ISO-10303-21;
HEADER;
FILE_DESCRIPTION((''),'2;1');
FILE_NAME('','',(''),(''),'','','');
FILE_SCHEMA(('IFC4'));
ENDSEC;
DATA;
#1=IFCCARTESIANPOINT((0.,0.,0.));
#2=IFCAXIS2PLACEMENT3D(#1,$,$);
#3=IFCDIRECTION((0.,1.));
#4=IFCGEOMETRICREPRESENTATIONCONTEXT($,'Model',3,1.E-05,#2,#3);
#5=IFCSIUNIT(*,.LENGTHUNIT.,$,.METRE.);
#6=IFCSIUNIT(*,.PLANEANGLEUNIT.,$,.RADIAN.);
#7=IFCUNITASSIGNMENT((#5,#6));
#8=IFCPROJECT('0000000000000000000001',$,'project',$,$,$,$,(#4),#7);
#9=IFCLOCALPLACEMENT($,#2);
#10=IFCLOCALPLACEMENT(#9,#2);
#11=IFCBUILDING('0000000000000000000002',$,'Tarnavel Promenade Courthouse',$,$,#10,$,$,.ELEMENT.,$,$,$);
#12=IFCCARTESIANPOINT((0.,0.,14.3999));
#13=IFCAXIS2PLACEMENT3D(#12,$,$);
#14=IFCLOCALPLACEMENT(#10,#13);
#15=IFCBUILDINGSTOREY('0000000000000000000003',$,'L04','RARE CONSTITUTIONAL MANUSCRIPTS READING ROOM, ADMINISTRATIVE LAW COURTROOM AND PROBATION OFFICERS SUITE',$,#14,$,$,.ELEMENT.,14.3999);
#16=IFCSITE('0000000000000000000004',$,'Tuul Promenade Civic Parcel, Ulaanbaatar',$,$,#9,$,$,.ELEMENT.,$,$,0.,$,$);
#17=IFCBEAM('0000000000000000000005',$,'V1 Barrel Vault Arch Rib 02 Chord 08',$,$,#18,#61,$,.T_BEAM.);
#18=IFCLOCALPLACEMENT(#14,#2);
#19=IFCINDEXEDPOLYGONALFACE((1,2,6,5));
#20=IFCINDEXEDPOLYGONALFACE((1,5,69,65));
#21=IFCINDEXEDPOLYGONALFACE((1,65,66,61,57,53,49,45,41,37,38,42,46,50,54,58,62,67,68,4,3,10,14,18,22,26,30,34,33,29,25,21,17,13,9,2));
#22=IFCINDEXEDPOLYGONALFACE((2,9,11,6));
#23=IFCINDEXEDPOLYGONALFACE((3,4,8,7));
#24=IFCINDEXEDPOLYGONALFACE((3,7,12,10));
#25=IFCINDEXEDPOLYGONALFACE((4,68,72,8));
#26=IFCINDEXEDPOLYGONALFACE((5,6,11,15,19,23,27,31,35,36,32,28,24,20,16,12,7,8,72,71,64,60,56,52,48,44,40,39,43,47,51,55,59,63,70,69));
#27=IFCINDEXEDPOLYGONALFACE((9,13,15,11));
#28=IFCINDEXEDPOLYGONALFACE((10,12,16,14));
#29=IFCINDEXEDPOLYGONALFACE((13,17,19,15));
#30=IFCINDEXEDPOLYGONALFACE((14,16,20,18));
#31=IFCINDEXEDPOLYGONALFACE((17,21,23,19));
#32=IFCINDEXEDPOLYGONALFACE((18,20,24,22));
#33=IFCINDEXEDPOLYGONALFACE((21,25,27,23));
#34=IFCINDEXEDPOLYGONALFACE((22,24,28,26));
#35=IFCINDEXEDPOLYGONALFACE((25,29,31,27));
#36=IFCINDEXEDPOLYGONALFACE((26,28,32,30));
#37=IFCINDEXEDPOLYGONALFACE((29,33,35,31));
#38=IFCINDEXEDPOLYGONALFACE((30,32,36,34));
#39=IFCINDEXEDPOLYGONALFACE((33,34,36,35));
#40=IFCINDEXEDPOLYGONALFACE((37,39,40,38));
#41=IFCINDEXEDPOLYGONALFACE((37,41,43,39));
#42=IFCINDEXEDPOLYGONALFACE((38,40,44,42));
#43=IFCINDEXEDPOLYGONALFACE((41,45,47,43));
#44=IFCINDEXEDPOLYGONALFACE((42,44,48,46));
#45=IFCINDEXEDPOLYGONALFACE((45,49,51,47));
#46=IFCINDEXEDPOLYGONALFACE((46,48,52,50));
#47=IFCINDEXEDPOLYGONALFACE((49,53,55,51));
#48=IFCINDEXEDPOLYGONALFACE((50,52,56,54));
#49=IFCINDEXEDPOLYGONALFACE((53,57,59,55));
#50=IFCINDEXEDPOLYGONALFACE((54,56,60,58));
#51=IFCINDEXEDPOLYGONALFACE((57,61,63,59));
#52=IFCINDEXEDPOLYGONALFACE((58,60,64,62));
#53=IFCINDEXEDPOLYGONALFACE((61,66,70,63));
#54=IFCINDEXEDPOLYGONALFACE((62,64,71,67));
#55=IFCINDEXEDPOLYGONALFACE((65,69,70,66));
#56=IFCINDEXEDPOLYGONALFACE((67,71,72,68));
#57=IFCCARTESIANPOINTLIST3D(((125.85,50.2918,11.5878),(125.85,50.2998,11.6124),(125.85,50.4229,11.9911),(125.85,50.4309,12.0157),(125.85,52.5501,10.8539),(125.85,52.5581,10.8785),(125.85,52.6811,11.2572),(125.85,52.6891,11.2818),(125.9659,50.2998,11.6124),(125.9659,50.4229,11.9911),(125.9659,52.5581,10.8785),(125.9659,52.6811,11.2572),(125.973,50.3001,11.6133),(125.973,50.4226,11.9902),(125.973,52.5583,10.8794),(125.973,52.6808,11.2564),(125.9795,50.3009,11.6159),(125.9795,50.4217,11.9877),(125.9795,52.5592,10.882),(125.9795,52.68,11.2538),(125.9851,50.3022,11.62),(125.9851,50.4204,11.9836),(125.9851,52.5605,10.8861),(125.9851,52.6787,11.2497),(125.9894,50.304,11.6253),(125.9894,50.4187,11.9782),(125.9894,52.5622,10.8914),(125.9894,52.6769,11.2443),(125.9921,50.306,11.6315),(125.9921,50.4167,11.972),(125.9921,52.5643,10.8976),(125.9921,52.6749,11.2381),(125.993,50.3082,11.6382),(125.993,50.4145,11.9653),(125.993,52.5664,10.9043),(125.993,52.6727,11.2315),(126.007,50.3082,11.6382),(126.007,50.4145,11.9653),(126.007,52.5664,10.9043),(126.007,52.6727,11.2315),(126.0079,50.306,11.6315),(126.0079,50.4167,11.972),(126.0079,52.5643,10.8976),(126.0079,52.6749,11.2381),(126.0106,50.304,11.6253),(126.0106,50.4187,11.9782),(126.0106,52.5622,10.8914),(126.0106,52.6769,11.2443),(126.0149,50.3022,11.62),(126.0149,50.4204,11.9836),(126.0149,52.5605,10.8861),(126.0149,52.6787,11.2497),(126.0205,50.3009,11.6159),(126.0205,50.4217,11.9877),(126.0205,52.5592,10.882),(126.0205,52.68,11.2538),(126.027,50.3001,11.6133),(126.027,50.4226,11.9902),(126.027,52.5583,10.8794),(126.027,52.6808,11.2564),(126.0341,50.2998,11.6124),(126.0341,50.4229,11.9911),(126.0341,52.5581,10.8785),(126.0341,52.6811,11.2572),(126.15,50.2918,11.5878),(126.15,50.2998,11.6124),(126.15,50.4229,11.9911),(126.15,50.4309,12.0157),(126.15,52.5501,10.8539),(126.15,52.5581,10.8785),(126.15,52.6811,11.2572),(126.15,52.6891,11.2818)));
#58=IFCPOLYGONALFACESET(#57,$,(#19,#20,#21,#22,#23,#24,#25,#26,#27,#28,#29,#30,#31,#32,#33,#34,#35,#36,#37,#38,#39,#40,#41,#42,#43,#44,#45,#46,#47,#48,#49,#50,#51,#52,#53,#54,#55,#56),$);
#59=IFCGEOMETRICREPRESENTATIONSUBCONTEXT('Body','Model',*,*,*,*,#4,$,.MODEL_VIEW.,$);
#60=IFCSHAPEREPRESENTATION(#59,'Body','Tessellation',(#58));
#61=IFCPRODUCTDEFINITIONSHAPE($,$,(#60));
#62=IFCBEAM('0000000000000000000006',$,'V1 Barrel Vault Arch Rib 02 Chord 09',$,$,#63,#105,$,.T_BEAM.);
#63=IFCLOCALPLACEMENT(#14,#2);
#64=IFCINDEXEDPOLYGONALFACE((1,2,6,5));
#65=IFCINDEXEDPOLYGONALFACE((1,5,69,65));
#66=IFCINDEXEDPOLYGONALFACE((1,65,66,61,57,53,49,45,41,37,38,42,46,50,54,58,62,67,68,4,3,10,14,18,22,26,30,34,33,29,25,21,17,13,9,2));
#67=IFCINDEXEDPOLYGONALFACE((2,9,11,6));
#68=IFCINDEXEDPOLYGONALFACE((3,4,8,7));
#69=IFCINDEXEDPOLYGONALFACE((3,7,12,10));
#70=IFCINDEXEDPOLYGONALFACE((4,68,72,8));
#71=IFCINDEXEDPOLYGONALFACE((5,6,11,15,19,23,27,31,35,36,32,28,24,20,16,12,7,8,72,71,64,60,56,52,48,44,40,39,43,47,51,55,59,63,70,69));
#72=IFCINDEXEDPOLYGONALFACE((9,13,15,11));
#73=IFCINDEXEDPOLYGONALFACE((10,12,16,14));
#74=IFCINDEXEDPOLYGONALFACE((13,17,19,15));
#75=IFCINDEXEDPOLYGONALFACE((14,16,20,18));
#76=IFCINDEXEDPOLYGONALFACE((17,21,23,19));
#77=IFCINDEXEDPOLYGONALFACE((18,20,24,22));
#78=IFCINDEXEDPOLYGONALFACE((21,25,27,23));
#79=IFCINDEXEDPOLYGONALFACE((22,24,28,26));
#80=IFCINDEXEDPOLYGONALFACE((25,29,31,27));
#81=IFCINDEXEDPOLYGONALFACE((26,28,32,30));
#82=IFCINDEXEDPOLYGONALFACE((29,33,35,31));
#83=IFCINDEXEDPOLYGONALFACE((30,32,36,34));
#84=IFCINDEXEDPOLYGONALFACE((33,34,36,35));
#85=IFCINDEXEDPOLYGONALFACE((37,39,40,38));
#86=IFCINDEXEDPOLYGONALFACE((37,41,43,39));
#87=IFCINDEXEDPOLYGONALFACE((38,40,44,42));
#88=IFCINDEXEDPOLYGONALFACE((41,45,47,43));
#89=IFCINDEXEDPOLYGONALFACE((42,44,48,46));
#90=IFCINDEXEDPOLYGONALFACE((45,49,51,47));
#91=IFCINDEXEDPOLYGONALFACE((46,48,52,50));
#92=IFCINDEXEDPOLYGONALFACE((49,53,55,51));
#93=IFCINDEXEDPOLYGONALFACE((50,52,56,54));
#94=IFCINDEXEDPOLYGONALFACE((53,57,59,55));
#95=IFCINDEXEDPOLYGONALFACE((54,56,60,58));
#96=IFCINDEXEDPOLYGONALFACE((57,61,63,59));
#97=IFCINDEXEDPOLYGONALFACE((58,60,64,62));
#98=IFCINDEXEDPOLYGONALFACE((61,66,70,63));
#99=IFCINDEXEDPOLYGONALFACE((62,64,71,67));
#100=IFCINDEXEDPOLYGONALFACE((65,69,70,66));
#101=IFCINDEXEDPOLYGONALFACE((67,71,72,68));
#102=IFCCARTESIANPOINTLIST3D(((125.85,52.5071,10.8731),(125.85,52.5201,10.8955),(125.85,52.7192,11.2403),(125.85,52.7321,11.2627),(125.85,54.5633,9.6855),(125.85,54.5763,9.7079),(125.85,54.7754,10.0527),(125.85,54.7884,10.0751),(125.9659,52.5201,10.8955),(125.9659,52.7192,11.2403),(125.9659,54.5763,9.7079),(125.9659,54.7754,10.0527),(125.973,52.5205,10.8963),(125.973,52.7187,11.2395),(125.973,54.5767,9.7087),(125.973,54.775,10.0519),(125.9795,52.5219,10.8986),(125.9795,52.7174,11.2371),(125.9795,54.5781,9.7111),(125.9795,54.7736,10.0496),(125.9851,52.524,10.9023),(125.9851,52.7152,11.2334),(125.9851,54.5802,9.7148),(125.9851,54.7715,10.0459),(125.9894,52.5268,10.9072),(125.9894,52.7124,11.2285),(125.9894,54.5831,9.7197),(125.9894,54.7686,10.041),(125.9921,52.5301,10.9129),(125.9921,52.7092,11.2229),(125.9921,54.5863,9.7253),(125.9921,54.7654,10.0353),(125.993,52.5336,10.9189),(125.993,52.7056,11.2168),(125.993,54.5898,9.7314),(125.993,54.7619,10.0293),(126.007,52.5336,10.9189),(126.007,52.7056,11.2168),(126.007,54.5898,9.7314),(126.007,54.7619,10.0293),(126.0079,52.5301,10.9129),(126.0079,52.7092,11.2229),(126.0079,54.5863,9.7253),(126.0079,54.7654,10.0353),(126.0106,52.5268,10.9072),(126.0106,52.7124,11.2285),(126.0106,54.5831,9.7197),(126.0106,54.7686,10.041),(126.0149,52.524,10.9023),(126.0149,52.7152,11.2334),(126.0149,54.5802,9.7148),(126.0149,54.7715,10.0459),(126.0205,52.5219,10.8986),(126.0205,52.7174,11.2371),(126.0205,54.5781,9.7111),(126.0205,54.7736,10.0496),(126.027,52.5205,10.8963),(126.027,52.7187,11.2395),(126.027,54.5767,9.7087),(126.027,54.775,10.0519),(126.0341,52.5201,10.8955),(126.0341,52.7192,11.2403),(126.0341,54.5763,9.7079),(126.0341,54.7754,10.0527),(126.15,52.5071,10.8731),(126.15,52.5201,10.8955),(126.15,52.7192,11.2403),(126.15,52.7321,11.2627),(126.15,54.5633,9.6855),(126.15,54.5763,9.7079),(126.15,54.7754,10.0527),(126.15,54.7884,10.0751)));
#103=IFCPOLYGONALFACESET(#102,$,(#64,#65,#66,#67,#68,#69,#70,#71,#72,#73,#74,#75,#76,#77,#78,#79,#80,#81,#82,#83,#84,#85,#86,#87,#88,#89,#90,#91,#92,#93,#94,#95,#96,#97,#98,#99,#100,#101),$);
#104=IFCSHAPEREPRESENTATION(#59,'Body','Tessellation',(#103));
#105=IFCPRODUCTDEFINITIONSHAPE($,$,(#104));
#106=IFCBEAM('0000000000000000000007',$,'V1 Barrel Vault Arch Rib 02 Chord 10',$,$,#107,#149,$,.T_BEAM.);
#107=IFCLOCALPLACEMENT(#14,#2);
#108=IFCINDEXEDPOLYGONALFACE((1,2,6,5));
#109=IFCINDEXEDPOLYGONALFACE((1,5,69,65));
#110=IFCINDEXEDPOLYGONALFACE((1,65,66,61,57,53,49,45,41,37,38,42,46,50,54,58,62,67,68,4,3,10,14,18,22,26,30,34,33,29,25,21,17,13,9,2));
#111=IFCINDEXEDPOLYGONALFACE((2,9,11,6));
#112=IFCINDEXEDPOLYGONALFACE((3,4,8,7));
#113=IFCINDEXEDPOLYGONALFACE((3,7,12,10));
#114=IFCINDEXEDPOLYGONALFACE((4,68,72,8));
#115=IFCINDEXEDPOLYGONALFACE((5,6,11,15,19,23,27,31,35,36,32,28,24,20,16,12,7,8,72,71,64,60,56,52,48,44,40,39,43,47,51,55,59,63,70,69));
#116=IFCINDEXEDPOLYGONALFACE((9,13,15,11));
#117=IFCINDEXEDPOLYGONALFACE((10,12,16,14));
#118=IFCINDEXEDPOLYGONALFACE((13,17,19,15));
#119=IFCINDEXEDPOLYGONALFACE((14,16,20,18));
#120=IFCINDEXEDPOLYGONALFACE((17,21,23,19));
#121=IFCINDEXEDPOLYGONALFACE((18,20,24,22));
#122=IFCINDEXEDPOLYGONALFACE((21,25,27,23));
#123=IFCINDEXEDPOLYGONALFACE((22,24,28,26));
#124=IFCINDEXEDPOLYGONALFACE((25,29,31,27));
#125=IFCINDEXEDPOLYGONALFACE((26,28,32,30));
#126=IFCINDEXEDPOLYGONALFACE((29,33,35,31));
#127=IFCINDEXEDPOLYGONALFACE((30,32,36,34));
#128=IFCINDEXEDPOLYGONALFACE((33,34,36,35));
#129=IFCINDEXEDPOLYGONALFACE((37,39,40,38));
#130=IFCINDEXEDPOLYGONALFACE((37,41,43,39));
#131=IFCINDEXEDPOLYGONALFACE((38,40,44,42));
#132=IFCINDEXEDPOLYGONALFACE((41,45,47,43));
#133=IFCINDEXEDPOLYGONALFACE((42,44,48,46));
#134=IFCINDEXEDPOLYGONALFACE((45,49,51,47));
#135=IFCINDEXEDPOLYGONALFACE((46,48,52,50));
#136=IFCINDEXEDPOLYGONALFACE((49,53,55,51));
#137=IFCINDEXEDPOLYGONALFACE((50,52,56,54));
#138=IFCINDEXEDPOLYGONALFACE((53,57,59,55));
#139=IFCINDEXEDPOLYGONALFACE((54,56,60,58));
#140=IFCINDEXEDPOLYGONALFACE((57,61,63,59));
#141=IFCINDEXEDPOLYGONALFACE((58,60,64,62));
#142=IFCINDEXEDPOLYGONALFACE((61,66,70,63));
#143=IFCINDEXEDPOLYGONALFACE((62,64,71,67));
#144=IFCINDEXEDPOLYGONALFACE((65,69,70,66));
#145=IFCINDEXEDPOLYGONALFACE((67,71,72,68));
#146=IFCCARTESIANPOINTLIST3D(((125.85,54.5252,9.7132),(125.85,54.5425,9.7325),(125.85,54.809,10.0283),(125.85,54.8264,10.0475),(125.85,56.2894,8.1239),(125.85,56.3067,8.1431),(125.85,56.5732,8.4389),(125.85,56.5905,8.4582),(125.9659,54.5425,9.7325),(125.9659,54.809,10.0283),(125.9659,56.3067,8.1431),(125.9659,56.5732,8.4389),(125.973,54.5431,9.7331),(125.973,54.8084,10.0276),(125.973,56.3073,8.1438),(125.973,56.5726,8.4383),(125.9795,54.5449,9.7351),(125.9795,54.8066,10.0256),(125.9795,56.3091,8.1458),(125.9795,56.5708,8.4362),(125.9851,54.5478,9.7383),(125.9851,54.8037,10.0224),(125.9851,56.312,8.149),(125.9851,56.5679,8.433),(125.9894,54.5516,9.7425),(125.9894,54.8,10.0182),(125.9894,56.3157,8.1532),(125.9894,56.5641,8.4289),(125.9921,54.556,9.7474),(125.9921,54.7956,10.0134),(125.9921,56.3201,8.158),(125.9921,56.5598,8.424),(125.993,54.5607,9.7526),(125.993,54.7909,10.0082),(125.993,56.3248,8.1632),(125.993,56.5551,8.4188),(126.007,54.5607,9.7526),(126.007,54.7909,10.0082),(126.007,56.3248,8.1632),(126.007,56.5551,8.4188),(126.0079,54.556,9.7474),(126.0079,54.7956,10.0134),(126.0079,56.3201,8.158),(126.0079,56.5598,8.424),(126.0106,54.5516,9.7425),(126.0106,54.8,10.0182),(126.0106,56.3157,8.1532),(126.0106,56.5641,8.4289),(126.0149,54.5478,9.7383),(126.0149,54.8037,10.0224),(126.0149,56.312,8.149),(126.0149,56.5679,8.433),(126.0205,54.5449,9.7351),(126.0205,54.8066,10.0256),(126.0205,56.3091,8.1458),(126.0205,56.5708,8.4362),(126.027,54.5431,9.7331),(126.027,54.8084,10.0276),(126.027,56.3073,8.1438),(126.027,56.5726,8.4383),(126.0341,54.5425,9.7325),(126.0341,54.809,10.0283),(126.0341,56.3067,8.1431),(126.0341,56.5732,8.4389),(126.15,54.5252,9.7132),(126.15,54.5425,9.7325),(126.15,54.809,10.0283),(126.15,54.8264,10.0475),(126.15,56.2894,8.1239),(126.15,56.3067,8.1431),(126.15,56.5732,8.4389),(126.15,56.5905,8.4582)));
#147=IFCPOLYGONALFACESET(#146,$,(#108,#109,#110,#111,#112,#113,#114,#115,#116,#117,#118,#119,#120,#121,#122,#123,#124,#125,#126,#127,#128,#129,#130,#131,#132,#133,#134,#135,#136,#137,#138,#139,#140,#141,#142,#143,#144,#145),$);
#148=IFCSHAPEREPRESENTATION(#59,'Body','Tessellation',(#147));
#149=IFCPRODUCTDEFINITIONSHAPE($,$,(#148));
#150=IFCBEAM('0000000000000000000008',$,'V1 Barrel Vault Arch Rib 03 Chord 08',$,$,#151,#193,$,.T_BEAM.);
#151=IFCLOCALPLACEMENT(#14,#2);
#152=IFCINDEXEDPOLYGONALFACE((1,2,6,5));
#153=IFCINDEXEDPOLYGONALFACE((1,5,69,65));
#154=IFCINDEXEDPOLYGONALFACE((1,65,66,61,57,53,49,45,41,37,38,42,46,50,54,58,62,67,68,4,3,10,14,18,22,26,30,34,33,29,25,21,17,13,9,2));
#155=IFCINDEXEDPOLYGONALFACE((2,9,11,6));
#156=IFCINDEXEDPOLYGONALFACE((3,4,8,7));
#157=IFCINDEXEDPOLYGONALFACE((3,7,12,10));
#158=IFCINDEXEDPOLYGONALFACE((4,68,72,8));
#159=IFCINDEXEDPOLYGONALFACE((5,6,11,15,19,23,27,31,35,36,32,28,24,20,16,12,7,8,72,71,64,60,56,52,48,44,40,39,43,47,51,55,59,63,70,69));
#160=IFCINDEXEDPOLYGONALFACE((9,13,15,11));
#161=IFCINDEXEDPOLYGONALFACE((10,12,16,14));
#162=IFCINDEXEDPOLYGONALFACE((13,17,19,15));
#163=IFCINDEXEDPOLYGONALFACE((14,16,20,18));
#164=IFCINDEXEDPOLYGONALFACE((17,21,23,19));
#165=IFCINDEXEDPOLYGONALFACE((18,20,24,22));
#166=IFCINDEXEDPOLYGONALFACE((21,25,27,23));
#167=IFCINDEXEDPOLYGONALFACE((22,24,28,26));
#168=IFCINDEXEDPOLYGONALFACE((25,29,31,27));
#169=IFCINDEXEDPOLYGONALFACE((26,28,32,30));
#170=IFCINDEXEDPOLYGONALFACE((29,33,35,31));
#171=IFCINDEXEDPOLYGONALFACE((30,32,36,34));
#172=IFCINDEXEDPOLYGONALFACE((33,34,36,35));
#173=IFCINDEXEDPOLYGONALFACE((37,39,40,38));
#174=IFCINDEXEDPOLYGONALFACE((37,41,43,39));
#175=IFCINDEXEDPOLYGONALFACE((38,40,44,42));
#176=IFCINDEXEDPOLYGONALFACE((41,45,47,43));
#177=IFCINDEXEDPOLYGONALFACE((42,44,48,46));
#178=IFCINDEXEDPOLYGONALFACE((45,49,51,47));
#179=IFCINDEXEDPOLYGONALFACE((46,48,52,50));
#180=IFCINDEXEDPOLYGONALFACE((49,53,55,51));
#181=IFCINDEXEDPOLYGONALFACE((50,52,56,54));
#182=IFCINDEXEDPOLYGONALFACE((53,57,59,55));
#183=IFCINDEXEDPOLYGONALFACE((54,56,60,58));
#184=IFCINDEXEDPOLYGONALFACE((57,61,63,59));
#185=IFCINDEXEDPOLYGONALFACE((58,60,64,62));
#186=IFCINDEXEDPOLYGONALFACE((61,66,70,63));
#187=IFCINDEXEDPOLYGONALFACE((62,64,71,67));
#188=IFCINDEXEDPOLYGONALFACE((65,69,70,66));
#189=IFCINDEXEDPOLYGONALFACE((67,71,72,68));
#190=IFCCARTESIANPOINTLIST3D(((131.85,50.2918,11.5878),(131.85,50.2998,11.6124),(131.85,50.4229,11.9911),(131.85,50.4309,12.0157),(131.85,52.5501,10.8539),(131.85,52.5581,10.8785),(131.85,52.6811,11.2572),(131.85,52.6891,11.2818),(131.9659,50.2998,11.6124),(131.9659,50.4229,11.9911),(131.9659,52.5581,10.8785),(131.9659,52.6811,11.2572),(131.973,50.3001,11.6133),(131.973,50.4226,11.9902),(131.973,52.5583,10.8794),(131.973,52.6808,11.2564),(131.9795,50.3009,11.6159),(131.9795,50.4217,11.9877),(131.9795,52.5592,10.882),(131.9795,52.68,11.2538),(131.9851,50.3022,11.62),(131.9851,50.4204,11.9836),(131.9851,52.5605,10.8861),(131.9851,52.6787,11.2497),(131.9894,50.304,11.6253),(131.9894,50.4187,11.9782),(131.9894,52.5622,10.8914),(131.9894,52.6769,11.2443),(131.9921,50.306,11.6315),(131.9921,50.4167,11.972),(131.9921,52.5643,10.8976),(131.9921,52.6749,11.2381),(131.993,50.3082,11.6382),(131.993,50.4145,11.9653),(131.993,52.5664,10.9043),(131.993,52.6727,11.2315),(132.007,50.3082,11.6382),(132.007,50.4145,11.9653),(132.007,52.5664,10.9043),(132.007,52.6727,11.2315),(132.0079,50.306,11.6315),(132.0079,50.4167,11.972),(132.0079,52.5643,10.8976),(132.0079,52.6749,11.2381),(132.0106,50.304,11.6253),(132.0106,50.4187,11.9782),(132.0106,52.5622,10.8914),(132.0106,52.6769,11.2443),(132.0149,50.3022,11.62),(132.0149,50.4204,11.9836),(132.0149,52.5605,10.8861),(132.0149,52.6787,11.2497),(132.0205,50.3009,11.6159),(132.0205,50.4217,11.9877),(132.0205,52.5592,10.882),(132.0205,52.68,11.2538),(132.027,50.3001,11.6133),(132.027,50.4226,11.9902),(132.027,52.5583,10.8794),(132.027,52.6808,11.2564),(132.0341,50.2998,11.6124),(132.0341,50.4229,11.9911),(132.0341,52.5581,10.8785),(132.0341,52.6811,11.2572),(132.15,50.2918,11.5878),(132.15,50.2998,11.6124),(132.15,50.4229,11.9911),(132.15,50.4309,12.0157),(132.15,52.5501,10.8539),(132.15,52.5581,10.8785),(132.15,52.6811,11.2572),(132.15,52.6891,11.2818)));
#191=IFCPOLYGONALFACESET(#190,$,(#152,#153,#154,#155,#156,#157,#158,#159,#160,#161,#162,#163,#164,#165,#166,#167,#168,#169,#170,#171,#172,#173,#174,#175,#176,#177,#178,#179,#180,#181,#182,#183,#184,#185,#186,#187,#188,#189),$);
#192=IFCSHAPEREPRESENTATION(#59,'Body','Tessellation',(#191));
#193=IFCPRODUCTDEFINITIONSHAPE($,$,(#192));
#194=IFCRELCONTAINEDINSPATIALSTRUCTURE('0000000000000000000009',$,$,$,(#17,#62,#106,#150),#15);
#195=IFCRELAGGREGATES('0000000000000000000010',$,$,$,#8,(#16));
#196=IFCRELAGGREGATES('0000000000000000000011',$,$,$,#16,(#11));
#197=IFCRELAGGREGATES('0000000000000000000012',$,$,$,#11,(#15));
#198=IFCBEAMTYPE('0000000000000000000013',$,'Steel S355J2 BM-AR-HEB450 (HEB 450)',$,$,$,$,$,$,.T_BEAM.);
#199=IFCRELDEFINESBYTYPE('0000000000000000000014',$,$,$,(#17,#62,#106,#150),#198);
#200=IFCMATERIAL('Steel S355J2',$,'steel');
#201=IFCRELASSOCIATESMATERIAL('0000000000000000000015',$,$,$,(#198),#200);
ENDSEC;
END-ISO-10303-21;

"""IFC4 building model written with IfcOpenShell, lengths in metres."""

from ifc_helpers import new_model, si_unit, direction, frame, origin, origin_2d, place, context, subcontext, project, spatial, i_section, extrude, material, material_profile, profile_set, type_object, element, save


model = new_model("IFC4")

# Units and contexts
model_context = context("Model", 3, precision=1e-05, world=origin(), true_north=direction((0.0, 1.0)))
body_context = subcontext(model_context, "Body", "Model", "MODEL_VIEW")
ifc_project = project(units=[si_unit("LENGTHUNIT", "METRE"), si_unit("PLANEANGLEUNIT", "RADIAN")], contexts=[model_context])

# Site, building, storey
site_placement = place(None, origin())
site = spatial("IfcSite", under=ifc_project, at=site_placement, Name="Tuul Promenade Civic Parcel, Ulaanbaatar", CompositionType="ELEMENT", RefElevation=0.0)
building_placement = place(site_placement, origin())
building = spatial("IfcBuilding", under=site, at=building_placement, Name="Tarnavel Promenade Courthouse", CompositionType="ELEMENT")
storey_placement = place(building_placement, frame((0.0, 0.0, 14.3999)))
storey = spatial("IfcBuildingStorey", under=building, at=storey_placement, Name="L04", Description="RARE CONSTITUTIONAL MANUSCRIPTS READING ROOM, ADMINISTRATIVE LAW COURTROOM AND PROBATION OFFICERS SUITE", CompositionType="ELEMENT", Elevation=14.3999)

# Beams
ifc_material_1 = material(Name="Steel S355J2", Category="steel")
ifc_material_profile_1 = material_profile(ifc_material_1, i_section(OverallWidth=0.3, OverallDepth=0.45, WebThickness=0.0139, FlangeThickness=0.0259, FilletRadius=0.0271, at=origin_2d()), Name="HEB 450")
ifc_profile_set_1 = profile_set([ifc_material_profile_1], Name="Steel S355J2")
beam_type = type_object("IfcBeamType", Name="Steel S355J2 BM-AR-HEB450 (HEB 450)", PredefinedType="T_BEAM", material=ifc_profile_set_1)
for number, where, z_axis, x_axis, name in (
    (1, (126.0, 50.3613, 11.8018), (0.0, 0.951042, -0.309063), (-1.0, 0.0, 0.0), "V1 Barrel Vault Arch Rib 02 Chord 08"),
    (2, (126.0, 52.6196, 11.0679), (0.0, 0.865956, -0.50012), (-1.0, 0.0, 0.0), "V1 Barrel Vault Arch Rib 02 Chord 09"),
    (3, (126.0, 54.6758, 9.8804), (0.0, 0.742957, -0.66934), (-1.0, 0.0, 0.0), "V1 Barrel Vault Arch Rib 02 Chord 10"),
    (4, (132.0, 50.3613, 11.8018), (0.0, 0.951042, -0.309063), (-1.0, 0.0, 0.0), "V1 Barrel Vault Arch Rib 03 Chord 08"),
):
    element("IfcBeam", number, at=place(storey_placement, frame(where, z_axis=z_axis, x_axis=x_axis)), inside=storey, type_object=beam_type, Name=name, PredefinedType="T_BEAM", context=body_context, shape_type="SweptSolid", body=[
        extrude(i_section(OverallWidth=0.3, OverallDepth=0.45, WebThickness=0.0139, FlangeThickness=0.0259, FilletRadius=0.0271, at=origin_2d()), origin(), (0.0, 0.0, 1.0), 2.3745),
    ])

save(model, "model.ifc")
